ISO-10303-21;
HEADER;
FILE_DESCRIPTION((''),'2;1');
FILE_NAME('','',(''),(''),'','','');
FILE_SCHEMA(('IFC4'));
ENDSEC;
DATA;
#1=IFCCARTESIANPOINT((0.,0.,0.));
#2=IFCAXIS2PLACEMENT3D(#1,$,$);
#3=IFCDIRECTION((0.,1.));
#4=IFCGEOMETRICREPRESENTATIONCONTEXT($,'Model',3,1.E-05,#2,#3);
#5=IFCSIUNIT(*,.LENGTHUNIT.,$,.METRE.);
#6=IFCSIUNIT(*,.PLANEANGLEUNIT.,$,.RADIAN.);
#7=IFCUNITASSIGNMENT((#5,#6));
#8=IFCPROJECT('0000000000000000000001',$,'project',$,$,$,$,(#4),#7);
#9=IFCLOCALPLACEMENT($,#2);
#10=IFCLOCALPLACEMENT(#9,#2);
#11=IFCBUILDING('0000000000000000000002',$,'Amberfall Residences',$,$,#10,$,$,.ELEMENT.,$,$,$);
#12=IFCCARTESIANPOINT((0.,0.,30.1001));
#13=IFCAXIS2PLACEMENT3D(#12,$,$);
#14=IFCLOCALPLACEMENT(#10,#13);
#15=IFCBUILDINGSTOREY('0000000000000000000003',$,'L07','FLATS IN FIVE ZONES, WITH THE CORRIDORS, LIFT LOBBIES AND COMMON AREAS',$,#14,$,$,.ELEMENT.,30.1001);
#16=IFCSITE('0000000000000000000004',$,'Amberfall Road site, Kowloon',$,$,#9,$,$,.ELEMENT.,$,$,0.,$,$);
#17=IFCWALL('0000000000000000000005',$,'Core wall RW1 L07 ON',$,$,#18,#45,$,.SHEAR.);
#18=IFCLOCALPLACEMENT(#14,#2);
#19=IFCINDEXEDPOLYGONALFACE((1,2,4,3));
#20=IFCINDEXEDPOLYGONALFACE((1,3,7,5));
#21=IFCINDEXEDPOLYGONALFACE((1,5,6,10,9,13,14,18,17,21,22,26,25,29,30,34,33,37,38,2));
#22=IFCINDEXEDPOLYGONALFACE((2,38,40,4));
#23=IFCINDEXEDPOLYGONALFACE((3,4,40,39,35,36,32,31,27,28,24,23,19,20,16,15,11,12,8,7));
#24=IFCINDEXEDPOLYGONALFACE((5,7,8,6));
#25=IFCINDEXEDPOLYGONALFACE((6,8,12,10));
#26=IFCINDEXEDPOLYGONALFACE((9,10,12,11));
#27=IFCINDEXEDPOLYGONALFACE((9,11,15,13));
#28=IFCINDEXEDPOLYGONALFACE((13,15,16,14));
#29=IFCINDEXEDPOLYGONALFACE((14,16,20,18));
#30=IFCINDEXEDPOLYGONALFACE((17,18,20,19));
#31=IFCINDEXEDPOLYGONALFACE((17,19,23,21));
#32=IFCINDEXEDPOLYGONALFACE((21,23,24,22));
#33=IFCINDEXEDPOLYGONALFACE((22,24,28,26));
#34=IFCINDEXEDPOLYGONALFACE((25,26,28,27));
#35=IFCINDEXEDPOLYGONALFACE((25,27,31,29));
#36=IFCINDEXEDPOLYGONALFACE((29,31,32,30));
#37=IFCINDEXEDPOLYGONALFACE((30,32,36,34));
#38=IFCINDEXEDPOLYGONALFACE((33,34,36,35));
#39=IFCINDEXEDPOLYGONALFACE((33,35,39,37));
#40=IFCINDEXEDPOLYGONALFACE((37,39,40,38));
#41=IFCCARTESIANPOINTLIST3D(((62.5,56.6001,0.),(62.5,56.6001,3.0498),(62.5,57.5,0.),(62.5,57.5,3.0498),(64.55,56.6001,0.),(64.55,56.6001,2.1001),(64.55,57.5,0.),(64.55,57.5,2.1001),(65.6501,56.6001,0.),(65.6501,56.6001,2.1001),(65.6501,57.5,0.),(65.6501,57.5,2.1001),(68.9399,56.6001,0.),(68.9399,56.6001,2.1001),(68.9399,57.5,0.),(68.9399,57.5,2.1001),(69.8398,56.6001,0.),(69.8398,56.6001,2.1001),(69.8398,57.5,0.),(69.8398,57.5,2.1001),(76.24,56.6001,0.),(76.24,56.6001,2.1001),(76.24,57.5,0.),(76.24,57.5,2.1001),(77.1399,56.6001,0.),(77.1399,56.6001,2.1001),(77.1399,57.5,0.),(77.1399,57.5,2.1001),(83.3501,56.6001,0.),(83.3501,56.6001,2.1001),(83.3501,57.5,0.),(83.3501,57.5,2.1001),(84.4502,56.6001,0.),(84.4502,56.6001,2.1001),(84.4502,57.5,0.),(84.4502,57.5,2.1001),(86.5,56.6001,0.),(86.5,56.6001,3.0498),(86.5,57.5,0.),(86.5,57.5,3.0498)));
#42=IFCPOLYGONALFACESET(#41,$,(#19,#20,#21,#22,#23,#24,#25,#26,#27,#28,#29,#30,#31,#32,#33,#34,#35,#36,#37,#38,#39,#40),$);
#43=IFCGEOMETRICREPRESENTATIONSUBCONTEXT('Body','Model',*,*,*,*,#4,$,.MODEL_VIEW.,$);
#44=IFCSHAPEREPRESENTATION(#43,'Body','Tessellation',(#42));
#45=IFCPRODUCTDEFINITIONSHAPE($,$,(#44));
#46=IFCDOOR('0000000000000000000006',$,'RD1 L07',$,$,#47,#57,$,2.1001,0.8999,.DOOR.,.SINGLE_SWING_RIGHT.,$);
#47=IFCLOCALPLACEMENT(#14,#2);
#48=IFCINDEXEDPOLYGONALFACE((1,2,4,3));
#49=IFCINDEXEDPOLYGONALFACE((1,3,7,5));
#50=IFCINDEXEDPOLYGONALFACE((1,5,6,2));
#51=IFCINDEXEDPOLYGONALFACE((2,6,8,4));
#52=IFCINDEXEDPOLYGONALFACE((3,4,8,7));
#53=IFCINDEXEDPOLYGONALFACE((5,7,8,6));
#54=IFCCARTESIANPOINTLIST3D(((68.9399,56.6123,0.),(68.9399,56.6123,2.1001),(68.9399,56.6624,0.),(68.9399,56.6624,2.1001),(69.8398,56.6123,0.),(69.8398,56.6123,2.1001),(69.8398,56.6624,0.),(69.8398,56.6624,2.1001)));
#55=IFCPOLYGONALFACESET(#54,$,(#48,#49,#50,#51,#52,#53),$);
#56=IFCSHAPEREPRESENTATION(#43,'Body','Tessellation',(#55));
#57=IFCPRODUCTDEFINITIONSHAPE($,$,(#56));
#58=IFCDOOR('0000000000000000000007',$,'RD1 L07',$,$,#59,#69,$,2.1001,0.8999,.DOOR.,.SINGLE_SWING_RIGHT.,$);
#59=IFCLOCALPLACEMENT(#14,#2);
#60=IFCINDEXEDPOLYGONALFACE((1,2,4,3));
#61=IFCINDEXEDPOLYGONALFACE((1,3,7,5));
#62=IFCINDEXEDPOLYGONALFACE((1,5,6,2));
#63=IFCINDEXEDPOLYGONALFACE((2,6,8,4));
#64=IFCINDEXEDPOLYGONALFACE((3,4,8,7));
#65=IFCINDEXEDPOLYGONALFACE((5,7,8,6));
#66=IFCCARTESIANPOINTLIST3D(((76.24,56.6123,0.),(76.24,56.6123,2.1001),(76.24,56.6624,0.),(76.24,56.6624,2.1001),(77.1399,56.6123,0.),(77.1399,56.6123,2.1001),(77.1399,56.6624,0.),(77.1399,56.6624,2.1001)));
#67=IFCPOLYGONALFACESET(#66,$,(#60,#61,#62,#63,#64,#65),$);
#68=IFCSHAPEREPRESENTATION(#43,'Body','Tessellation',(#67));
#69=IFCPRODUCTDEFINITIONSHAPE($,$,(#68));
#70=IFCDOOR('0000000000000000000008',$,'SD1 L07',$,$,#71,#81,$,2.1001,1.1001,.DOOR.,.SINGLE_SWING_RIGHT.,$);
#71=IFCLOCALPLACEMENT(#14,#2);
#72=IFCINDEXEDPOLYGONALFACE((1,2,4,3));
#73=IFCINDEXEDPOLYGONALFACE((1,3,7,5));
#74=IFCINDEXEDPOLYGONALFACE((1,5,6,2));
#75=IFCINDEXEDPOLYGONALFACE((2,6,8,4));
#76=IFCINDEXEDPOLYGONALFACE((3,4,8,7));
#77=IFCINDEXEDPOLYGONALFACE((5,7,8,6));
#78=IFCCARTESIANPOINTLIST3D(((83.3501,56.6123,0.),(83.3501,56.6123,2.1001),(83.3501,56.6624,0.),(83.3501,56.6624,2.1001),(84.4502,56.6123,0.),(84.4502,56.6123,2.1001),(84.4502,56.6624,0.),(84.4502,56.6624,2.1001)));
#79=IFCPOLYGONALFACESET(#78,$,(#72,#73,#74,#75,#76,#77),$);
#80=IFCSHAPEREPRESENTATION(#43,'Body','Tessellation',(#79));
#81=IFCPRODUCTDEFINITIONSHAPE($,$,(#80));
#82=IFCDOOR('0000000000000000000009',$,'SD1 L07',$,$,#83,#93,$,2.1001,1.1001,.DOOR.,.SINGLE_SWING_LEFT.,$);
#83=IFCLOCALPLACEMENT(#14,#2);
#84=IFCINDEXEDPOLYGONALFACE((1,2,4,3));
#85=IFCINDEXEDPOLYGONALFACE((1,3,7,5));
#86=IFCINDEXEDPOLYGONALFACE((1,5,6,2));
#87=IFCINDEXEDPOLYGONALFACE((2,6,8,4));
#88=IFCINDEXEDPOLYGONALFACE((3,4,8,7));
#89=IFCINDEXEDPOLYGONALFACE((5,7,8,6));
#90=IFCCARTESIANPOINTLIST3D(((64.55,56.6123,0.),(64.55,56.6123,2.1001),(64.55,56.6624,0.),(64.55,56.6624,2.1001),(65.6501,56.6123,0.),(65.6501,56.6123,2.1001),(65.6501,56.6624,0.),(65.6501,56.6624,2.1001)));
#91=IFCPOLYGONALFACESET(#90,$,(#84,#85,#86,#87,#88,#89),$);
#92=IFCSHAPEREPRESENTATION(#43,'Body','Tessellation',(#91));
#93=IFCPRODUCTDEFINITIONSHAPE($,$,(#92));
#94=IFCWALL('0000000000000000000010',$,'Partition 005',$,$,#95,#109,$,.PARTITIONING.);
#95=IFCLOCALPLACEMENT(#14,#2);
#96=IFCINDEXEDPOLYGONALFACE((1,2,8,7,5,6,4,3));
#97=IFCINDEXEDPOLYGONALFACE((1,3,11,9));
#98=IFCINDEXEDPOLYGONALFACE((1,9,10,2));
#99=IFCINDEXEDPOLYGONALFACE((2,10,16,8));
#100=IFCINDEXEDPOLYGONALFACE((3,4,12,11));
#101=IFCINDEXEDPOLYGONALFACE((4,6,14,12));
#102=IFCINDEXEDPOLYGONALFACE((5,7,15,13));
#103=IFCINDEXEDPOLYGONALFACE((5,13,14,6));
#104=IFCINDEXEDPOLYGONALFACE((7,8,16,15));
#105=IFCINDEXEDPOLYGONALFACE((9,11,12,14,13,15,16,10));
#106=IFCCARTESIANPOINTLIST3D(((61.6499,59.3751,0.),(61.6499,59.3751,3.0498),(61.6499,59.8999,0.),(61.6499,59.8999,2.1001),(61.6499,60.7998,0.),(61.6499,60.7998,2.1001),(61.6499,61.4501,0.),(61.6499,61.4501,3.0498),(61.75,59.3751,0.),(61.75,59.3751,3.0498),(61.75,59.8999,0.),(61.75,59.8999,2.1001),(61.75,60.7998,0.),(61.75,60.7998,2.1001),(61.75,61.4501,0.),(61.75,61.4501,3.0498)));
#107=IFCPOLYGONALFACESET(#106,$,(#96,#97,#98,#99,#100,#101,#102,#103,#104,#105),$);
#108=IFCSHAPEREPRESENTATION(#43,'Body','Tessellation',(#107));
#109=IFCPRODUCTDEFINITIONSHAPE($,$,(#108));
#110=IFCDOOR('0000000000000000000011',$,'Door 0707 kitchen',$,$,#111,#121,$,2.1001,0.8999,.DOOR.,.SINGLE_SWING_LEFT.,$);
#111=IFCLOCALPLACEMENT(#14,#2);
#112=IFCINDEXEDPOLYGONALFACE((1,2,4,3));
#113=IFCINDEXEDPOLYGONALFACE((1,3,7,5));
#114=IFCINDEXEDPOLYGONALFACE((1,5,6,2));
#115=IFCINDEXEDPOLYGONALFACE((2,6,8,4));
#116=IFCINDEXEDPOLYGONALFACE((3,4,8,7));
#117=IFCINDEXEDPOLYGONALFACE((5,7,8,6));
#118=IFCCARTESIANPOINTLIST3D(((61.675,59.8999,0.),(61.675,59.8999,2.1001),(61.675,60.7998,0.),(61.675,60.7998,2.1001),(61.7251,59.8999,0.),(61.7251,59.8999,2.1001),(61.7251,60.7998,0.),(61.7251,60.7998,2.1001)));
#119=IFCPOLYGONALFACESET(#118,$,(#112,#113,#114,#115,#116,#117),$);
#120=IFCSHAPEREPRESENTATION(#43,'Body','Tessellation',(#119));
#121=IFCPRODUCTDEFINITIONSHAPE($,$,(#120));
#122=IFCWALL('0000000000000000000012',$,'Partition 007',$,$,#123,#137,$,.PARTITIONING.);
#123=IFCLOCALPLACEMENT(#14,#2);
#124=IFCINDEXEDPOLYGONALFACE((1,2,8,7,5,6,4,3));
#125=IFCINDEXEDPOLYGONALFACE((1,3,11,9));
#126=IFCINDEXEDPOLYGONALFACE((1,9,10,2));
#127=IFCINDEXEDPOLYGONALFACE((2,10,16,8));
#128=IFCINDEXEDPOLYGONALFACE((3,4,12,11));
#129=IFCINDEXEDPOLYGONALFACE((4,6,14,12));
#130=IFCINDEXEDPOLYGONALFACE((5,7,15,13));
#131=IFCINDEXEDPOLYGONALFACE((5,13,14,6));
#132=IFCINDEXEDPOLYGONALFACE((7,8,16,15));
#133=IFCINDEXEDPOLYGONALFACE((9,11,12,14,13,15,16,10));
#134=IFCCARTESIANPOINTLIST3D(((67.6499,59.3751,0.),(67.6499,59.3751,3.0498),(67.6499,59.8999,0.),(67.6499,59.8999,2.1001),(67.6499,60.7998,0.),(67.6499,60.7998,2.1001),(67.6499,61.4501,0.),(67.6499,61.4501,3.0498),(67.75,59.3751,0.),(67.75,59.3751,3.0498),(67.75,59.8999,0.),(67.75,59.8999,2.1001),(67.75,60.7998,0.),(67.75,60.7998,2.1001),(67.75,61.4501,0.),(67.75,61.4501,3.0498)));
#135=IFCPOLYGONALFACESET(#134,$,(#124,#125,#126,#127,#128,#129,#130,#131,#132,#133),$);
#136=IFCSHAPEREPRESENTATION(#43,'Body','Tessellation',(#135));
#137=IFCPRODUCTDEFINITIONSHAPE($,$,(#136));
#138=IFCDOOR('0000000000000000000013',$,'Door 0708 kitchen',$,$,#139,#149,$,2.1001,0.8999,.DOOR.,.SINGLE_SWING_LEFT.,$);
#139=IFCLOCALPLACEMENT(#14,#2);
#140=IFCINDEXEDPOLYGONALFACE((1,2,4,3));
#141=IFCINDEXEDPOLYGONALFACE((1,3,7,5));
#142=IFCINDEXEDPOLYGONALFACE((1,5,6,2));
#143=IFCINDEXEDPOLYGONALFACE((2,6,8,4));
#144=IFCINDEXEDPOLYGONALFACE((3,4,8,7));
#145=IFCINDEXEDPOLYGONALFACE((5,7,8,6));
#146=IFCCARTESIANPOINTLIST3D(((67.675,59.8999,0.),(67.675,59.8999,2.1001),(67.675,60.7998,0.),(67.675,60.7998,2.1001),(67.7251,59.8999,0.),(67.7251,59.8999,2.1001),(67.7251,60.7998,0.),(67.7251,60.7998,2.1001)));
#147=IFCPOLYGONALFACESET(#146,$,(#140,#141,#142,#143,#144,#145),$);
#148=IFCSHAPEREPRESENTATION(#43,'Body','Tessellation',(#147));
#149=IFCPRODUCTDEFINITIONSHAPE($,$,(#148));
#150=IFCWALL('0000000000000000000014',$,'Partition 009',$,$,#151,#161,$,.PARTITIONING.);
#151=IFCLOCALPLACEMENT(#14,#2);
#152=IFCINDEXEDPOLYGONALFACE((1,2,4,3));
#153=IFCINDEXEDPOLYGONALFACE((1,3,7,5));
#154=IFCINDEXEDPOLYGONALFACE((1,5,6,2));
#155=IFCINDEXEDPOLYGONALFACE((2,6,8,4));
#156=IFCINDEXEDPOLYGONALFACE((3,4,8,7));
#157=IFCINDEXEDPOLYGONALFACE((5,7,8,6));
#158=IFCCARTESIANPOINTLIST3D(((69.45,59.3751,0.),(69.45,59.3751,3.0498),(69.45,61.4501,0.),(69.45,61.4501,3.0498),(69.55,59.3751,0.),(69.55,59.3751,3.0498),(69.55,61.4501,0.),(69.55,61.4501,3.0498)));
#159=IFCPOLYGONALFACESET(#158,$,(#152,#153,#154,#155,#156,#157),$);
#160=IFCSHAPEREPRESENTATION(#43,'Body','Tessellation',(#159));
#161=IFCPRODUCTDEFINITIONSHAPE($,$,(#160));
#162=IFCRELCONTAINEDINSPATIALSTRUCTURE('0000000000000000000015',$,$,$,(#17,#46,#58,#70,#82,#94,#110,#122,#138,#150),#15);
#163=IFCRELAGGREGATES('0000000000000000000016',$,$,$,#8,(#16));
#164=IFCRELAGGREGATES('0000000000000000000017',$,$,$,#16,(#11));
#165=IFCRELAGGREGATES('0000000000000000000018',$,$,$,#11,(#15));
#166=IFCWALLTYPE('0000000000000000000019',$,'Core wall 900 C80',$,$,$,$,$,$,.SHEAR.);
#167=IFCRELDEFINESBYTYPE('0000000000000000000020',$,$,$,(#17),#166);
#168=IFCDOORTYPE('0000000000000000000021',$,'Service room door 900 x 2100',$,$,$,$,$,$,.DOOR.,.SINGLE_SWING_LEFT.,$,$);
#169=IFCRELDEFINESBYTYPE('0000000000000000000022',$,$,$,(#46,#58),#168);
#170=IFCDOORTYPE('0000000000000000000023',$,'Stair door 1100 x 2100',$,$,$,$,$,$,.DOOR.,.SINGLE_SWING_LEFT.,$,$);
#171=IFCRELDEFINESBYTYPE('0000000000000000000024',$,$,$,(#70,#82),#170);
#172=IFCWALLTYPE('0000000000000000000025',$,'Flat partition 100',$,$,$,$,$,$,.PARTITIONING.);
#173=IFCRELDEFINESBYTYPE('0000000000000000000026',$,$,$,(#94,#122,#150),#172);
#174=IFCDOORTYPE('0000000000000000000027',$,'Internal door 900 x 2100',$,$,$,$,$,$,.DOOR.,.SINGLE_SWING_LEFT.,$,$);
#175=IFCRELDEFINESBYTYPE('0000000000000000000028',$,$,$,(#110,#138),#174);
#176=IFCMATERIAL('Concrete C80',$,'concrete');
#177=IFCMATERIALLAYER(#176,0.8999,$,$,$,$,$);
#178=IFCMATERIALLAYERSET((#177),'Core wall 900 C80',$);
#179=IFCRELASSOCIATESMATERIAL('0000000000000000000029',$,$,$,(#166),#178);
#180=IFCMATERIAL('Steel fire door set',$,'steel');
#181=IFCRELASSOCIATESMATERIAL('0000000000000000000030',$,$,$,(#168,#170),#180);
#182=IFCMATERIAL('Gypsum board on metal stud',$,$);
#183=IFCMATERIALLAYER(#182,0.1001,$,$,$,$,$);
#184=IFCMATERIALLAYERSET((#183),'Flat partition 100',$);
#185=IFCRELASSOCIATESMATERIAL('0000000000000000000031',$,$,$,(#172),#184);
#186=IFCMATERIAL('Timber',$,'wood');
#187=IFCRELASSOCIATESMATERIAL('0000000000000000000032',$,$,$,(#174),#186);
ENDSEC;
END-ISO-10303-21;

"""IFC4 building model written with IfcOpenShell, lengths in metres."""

from ifc_helpers import new_model, si_unit, direction, frame, frame_2d, origin, place, context, subcontext, project, spatial, rectangle, extrude, material, layer, layer_set, type_object, element, fill, save


model = new_model("IFC4")

# Units and contexts
model_context = context("Model", 3, precision=1e-05, world=origin(), true_north=direction((0.0, 1.0)))
body_context = subcontext(model_context, "Body", "Model", "MODEL_VIEW")
ifc_project = project(units=[si_unit("LENGTHUNIT", "METRE"), si_unit("PLANEANGLEUNIT", "RADIAN")], contexts=[model_context])

# Site, building, storey
site_placement = place(None, origin())
site = spatial("IfcSite", under=ifc_project, at=site_placement, Name="Amberfall Road site, Kowloon", CompositionType="ELEMENT", RefElevation=0.0)
building_placement = place(site_placement, origin())
building = spatial("IfcBuilding", under=site, at=building_placement, Name="Amberfall Residences", CompositionType="ELEMENT")
storey_placement = place(building_placement, frame((0.0, 0.0, 30.1001)))
storey = spatial("IfcBuildingStorey", under=building, at=storey_placement, Name="L07", Description="FLATS IN FIVE ZONES, WITH THE CORRIDORS, LIFT LOBBIES AND COMMON AREAS", CompositionType="ELEMENT", Elevation=30.1001)

# Wall, openings, doors
ifc_material_1 = material(Name="Concrete C80", Category="concrete")
ifc_layer_1 = layer(ifc_material_1, 0.8999)
ifc_layer_set_1 = layer_set([ifc_layer_1], Name="Core wall 900 C80")
wall_type_1 = type_object("IfcWallType", Name="Core wall 900 C80", PredefinedType="SHEAR", material=ifc_layer_set_1)
wall_1_placement = place(storey_placement, frame((62.5, 57.05, 0.0), z_axis=(0.0, 0.0, 1.0), x_axis=(1.0, 0.0, 0.0)))
wall_1 = element("IfcWall", 1, at=wall_1_placement, inside=storey, type_object=wall_type_1, Name="Core wall RW1 L07 ON", PredefinedType="SHEAR", context=body_context, shape_type="SweptSolid", body=[
    extrude(rectangle(XDim=24.0, YDim=0.8999, at=frame_2d((12.0, 0.0))), origin(), (0.0, 0.0, 1.0), 3.0498),
])
opening_1_placement = place(wall_1_placement, frame((20.8501, 0.0, 0.0)))
opening_1 = element("IfcOpeningElement", 2, at=opening_1_placement, cuts=wall_1, PredefinedType="OPENING", context=body_context, shape_type="SweptSolid", body=[
    extrude(rectangle(XDim=1.1001, YDim=2.1001, at=frame_2d((0.55, 1.05))), frame((0.0, 0.46, 0.0), z_axis=(0.0, -1.0, 0.0), x_axis=(1.0, 0.0, 0.0)), (0.0, 0.0, 1.0), 0.9199),
])
opening_2_placement = place(wall_1_placement, frame((2.05, 0.0, 0.0)))
opening_2 = element("IfcOpeningElement", 3, at=opening_2_placement, cuts=wall_1, PredefinedType="OPENING", context=body_context, shape_type="SweptSolid", body=[
    extrude(rectangle(XDim=1.1001, YDim=2.1001, at=frame_2d((0.55, 1.05))), frame((0.0, 0.46, 0.0), z_axis=(0.0, -1.0, 0.0), x_axis=(1.0, 0.0, 0.0)), (0.0, 0.0, 1.0), 0.9199),
])
opening_3_placement = place(wall_1_placement, frame((6.4399, 0.0, 0.0)))
opening_3 = element("IfcOpeningElement", 4, at=opening_3_placement, cuts=wall_1, PredefinedType="OPENING", context=body_context, shape_type="SweptSolid", body=[
    extrude(rectangle(XDim=0.8999, YDim=2.1001, at=frame_2d((0.45, 1.05))), frame((0.0, 0.46, 0.0), z_axis=(0.0, -1.0, 0.0), x_axis=(1.0, 0.0, 0.0)), (0.0, 0.0, 1.0), 0.9199),
])
opening_4_placement = place(wall_1_placement, frame((13.74, 0.0, 0.0)))
opening_4 = element("IfcOpeningElement", 5, at=opening_4_placement, cuts=wall_1, PredefinedType="OPENING", context=body_context, shape_type="SweptSolid", body=[
    extrude(rectangle(XDim=0.8999, YDim=2.1001, at=frame_2d((0.45, 1.05))), frame((0.0, 0.46, 0.0), z_axis=(0.0, -1.0, 0.0), x_axis=(1.0, 0.0, 0.0)), (0.0, 0.0, 1.0), 0.9199),
])
ifc_material_2 = material(Name="Steel fire door set", Category="steel")
door_type_1 = type_object("IfcDoorType", Name="Service room door 900 x 2100", OperationType="SINGLE_SWING_LEFT", PredefinedType="DOOR", material=ifc_material_2)
door_1_placement = place(opening_3_placement, origin())
door_1 = element("IfcDoor", 6, at=door_1_placement, inside=storey, type_object=door_type_1, Name="RD1 L07", OperationType="SINGLE_SWING_RIGHT", OverallHeight=2.1001, OverallWidth=0.8999, PredefinedType="DOOR", context=body_context, shape_type="SweptSolid", body=[
    extrude(rectangle(XDim=0.8999, YDim=2.1001, at=frame_2d((0.45, 1.05))), frame((0.0, -0.3877, 0.0), z_axis=(0.0, -1.0, 0.0), x_axis=(1.0, 0.0, 0.0)), (0.0, 0.0, 1.0), 0.05),
])
fill(opening_3, door_1)
door_2_placement = place(opening_4_placement, origin())
door_2 = element("IfcDoor", 7, at=door_2_placement, inside=storey, type_object=door_type_1, Name="RD1 L07", OperationType="SINGLE_SWING_RIGHT", OverallHeight=2.1001, OverallWidth=0.8999, PredefinedType="DOOR", context=body_context, shape_type="SweptSolid", body=[
    extrude(rectangle(XDim=0.8999, YDim=2.1001, at=frame_2d((0.45, 1.05))), frame((0.0, -0.3877, 0.0), z_axis=(0.0, -1.0, 0.0), x_axis=(1.0, 0.0, 0.0)), (0.0, 0.0, 1.0), 0.05),
])
fill(opening_4, door_2)
door_type_2 = type_object("IfcDoorType", Name="Stair door 1100 x 2100", OperationType="SINGLE_SWING_LEFT", PredefinedType="DOOR", material=ifc_material_2)
door_3_placement = place(opening_1_placement, origin())
door_3 = element("IfcDoor", 8, at=door_3_placement, inside=storey, type_object=door_type_2, Name="SD1 L07", OperationType="SINGLE_SWING_RIGHT", OverallHeight=2.1001, OverallWidth=1.1001, PredefinedType="DOOR", context=body_context, shape_type="SweptSolid", body=[
    extrude(rectangle(XDim=1.1001, YDim=2.1001, at=frame_2d((0.55, 1.05))), frame((0.0, -0.3877, 0.0), z_axis=(0.0, -1.0, 0.0), x_axis=(1.0, 0.0, 0.0)), (0.0, 0.0, 1.0), 0.05),
])
fill(opening_1, door_3)
door_4_placement = place(opening_2_placement, origin())
door_4 = element("IfcDoor", 9, at=door_4_placement, inside=storey, type_object=door_type_2, Name="SD1 L07", OperationType="SINGLE_SWING_LEFT", OverallHeight=2.1001, OverallWidth=1.1001, PredefinedType="DOOR", context=body_context, shape_type="SweptSolid", body=[
    extrude(rectangle(XDim=1.1001, YDim=2.1001, at=frame_2d((0.55, 1.05))), frame((0.0, -0.3877, 0.0), z_axis=(0.0, -1.0, 0.0), x_axis=(1.0, 0.0, 0.0)), (0.0, 0.0, 1.0), 0.05),
])
fill(opening_2, door_4)

# Walls, openings, doors
ifc_material_3 = material(Name="Gypsum board on metal stud")
ifc_layer_2 = layer(ifc_material_3, 0.1001)
ifc_layer_set_2 = layer_set([ifc_layer_2], Name="Flat partition 100")
wall_type_2 = type_object("IfcWallType", Name="Flat partition 100", PredefinedType="PARTITIONING", material=ifc_layer_set_2)
wall_2_placement = place(storey_placement, frame((61.7, 59.375, 0.0), z_axis=(0.0, 0.0, 1.0), x_axis=(0.0, 1.0, 0.0)))
wall_2 = element("IfcWall", 10, at=wall_2_placement, inside=storey, type_object=wall_type_2, Name="Partition 005", PredefinedType="PARTITIONING", context=body_context, shape_type="SweptSolid", body=[
    extrude(rectangle(XDim=2.075, YDim=0.1001, at=frame_2d((1.0376, 0.0))), origin(), (0.0, 0.0, 1.0), 3.0498),
])
opening_5_placement = place(wall_2_placement, frame((0.5249, 0.0, 0.0)))
opening_5 = element("IfcOpeningElement", 11, at=opening_5_placement, cuts=wall_2, PredefinedType="OPENING", context=body_context, shape_type="SweptSolid", body=[
    extrude(rectangle(XDim=0.8999, YDim=2.1001, at=frame_2d((0.45, 1.05))), frame((0.0, 0.0601, 0.0), z_axis=(0.0, -1.0, 0.0), x_axis=(1.0, 0.0, 0.0)), (0.0, 0.0, 1.0), 0.1201),
])
ifc_material_4 = material(Name="Timber", Category="wood")
door_type_3 = type_object("IfcDoorType", Name="Internal door 900 x 2100", OperationType="SINGLE_SWING_LEFT", PredefinedType="DOOR", material=ifc_material_4)
door_5_placement = place(opening_5_placement, origin())
door_5 = element("IfcDoor", 12, at=door_5_placement, inside=storey, type_object=door_type_3, Name="Door 0707 kitchen", OperationType="SINGLE_SWING_LEFT", OverallHeight=2.1001, OverallWidth=0.8999, PredefinedType="DOOR", context=body_context, shape_type="SweptSolid", body=[
    extrude(rectangle(XDim=0.8999, YDim=2.1001, at=frame_2d((0.45, 1.05))), frame((0.0, 0.0249, 0.0), z_axis=(0.0, -1.0, 0.0), x_axis=(1.0, 0.0, 0.0)), (0.0, 0.0, 1.0), 0.05),
])
fill(opening_5, door_5)
wall_3_placement = place(storey_placement, frame((67.7, 59.375, 0.0), z_axis=(0.0, 0.0, 1.0), x_axis=(0.0, 1.0, 0.0)))
wall_3 = element("IfcWall", 13, at=wall_3_placement, inside=storey, type_object=wall_type_2, Name="Partition 007", PredefinedType="PARTITIONING", context=body_context, shape_type="SweptSolid", body=[
    extrude(rectangle(XDim=2.075, YDim=0.1001, at=frame_2d((1.0376, 0.0))), origin(), (0.0, 0.0, 1.0), 3.0498),
])
opening_6_placement = place(wall_3_placement, frame((0.5249, 0.0, 0.0)))
opening_6 = element("IfcOpeningElement", 14, at=opening_6_placement, cuts=wall_3, PredefinedType="OPENING", context=body_context, shape_type="SweptSolid", body=[
    extrude(rectangle(XDim=0.8999, YDim=2.1001, at=frame_2d((0.45, 1.05))), frame((0.0, 0.0601, 0.0), z_axis=(0.0, -1.0, 0.0), x_axis=(1.0, 0.0, 0.0)), (0.0, 0.0, 1.0), 0.1201),
])
door_6_placement = place(opening_6_placement, origin())
door_6 = element("IfcDoor", 15, at=door_6_placement, inside=storey, type_object=door_type_3, Name="Door 0708 kitchen", OperationType="SINGLE_SWING_LEFT", OverallHeight=2.1001, OverallWidth=0.8999, PredefinedType="DOOR", context=body_context, shape_type="SweptSolid", body=[
    extrude(rectangle(XDim=0.8999, YDim=2.1001, at=frame_2d((0.45, 1.05))), frame((0.0, 0.0249, 0.0), z_axis=(0.0, -1.0, 0.0), x_axis=(1.0, 0.0, 0.0)), (0.0, 0.0, 1.0), 0.05),
])
fill(opening_6, door_6)

# Wall
wall_4_placement = place(storey_placement, frame((69.5, 59.375, 0.0), z_axis=(0.0, 0.0, 1.0), x_axis=(0.0, 1.0, 0.0)))
element("IfcWall", 16, at=wall_4_placement, inside=storey, type_object=wall_type_2, Name="Partition 009", PredefinedType="PARTITIONING", context=body_context, shape_type="SweptSolid", body=[
    extrude(rectangle(XDim=2.075, YDim=0.1001, at=frame_2d((1.0376, 0.0))), origin(), (0.0, 0.0, 1.0), 3.0498),
])

save(model, "model.ifc")
